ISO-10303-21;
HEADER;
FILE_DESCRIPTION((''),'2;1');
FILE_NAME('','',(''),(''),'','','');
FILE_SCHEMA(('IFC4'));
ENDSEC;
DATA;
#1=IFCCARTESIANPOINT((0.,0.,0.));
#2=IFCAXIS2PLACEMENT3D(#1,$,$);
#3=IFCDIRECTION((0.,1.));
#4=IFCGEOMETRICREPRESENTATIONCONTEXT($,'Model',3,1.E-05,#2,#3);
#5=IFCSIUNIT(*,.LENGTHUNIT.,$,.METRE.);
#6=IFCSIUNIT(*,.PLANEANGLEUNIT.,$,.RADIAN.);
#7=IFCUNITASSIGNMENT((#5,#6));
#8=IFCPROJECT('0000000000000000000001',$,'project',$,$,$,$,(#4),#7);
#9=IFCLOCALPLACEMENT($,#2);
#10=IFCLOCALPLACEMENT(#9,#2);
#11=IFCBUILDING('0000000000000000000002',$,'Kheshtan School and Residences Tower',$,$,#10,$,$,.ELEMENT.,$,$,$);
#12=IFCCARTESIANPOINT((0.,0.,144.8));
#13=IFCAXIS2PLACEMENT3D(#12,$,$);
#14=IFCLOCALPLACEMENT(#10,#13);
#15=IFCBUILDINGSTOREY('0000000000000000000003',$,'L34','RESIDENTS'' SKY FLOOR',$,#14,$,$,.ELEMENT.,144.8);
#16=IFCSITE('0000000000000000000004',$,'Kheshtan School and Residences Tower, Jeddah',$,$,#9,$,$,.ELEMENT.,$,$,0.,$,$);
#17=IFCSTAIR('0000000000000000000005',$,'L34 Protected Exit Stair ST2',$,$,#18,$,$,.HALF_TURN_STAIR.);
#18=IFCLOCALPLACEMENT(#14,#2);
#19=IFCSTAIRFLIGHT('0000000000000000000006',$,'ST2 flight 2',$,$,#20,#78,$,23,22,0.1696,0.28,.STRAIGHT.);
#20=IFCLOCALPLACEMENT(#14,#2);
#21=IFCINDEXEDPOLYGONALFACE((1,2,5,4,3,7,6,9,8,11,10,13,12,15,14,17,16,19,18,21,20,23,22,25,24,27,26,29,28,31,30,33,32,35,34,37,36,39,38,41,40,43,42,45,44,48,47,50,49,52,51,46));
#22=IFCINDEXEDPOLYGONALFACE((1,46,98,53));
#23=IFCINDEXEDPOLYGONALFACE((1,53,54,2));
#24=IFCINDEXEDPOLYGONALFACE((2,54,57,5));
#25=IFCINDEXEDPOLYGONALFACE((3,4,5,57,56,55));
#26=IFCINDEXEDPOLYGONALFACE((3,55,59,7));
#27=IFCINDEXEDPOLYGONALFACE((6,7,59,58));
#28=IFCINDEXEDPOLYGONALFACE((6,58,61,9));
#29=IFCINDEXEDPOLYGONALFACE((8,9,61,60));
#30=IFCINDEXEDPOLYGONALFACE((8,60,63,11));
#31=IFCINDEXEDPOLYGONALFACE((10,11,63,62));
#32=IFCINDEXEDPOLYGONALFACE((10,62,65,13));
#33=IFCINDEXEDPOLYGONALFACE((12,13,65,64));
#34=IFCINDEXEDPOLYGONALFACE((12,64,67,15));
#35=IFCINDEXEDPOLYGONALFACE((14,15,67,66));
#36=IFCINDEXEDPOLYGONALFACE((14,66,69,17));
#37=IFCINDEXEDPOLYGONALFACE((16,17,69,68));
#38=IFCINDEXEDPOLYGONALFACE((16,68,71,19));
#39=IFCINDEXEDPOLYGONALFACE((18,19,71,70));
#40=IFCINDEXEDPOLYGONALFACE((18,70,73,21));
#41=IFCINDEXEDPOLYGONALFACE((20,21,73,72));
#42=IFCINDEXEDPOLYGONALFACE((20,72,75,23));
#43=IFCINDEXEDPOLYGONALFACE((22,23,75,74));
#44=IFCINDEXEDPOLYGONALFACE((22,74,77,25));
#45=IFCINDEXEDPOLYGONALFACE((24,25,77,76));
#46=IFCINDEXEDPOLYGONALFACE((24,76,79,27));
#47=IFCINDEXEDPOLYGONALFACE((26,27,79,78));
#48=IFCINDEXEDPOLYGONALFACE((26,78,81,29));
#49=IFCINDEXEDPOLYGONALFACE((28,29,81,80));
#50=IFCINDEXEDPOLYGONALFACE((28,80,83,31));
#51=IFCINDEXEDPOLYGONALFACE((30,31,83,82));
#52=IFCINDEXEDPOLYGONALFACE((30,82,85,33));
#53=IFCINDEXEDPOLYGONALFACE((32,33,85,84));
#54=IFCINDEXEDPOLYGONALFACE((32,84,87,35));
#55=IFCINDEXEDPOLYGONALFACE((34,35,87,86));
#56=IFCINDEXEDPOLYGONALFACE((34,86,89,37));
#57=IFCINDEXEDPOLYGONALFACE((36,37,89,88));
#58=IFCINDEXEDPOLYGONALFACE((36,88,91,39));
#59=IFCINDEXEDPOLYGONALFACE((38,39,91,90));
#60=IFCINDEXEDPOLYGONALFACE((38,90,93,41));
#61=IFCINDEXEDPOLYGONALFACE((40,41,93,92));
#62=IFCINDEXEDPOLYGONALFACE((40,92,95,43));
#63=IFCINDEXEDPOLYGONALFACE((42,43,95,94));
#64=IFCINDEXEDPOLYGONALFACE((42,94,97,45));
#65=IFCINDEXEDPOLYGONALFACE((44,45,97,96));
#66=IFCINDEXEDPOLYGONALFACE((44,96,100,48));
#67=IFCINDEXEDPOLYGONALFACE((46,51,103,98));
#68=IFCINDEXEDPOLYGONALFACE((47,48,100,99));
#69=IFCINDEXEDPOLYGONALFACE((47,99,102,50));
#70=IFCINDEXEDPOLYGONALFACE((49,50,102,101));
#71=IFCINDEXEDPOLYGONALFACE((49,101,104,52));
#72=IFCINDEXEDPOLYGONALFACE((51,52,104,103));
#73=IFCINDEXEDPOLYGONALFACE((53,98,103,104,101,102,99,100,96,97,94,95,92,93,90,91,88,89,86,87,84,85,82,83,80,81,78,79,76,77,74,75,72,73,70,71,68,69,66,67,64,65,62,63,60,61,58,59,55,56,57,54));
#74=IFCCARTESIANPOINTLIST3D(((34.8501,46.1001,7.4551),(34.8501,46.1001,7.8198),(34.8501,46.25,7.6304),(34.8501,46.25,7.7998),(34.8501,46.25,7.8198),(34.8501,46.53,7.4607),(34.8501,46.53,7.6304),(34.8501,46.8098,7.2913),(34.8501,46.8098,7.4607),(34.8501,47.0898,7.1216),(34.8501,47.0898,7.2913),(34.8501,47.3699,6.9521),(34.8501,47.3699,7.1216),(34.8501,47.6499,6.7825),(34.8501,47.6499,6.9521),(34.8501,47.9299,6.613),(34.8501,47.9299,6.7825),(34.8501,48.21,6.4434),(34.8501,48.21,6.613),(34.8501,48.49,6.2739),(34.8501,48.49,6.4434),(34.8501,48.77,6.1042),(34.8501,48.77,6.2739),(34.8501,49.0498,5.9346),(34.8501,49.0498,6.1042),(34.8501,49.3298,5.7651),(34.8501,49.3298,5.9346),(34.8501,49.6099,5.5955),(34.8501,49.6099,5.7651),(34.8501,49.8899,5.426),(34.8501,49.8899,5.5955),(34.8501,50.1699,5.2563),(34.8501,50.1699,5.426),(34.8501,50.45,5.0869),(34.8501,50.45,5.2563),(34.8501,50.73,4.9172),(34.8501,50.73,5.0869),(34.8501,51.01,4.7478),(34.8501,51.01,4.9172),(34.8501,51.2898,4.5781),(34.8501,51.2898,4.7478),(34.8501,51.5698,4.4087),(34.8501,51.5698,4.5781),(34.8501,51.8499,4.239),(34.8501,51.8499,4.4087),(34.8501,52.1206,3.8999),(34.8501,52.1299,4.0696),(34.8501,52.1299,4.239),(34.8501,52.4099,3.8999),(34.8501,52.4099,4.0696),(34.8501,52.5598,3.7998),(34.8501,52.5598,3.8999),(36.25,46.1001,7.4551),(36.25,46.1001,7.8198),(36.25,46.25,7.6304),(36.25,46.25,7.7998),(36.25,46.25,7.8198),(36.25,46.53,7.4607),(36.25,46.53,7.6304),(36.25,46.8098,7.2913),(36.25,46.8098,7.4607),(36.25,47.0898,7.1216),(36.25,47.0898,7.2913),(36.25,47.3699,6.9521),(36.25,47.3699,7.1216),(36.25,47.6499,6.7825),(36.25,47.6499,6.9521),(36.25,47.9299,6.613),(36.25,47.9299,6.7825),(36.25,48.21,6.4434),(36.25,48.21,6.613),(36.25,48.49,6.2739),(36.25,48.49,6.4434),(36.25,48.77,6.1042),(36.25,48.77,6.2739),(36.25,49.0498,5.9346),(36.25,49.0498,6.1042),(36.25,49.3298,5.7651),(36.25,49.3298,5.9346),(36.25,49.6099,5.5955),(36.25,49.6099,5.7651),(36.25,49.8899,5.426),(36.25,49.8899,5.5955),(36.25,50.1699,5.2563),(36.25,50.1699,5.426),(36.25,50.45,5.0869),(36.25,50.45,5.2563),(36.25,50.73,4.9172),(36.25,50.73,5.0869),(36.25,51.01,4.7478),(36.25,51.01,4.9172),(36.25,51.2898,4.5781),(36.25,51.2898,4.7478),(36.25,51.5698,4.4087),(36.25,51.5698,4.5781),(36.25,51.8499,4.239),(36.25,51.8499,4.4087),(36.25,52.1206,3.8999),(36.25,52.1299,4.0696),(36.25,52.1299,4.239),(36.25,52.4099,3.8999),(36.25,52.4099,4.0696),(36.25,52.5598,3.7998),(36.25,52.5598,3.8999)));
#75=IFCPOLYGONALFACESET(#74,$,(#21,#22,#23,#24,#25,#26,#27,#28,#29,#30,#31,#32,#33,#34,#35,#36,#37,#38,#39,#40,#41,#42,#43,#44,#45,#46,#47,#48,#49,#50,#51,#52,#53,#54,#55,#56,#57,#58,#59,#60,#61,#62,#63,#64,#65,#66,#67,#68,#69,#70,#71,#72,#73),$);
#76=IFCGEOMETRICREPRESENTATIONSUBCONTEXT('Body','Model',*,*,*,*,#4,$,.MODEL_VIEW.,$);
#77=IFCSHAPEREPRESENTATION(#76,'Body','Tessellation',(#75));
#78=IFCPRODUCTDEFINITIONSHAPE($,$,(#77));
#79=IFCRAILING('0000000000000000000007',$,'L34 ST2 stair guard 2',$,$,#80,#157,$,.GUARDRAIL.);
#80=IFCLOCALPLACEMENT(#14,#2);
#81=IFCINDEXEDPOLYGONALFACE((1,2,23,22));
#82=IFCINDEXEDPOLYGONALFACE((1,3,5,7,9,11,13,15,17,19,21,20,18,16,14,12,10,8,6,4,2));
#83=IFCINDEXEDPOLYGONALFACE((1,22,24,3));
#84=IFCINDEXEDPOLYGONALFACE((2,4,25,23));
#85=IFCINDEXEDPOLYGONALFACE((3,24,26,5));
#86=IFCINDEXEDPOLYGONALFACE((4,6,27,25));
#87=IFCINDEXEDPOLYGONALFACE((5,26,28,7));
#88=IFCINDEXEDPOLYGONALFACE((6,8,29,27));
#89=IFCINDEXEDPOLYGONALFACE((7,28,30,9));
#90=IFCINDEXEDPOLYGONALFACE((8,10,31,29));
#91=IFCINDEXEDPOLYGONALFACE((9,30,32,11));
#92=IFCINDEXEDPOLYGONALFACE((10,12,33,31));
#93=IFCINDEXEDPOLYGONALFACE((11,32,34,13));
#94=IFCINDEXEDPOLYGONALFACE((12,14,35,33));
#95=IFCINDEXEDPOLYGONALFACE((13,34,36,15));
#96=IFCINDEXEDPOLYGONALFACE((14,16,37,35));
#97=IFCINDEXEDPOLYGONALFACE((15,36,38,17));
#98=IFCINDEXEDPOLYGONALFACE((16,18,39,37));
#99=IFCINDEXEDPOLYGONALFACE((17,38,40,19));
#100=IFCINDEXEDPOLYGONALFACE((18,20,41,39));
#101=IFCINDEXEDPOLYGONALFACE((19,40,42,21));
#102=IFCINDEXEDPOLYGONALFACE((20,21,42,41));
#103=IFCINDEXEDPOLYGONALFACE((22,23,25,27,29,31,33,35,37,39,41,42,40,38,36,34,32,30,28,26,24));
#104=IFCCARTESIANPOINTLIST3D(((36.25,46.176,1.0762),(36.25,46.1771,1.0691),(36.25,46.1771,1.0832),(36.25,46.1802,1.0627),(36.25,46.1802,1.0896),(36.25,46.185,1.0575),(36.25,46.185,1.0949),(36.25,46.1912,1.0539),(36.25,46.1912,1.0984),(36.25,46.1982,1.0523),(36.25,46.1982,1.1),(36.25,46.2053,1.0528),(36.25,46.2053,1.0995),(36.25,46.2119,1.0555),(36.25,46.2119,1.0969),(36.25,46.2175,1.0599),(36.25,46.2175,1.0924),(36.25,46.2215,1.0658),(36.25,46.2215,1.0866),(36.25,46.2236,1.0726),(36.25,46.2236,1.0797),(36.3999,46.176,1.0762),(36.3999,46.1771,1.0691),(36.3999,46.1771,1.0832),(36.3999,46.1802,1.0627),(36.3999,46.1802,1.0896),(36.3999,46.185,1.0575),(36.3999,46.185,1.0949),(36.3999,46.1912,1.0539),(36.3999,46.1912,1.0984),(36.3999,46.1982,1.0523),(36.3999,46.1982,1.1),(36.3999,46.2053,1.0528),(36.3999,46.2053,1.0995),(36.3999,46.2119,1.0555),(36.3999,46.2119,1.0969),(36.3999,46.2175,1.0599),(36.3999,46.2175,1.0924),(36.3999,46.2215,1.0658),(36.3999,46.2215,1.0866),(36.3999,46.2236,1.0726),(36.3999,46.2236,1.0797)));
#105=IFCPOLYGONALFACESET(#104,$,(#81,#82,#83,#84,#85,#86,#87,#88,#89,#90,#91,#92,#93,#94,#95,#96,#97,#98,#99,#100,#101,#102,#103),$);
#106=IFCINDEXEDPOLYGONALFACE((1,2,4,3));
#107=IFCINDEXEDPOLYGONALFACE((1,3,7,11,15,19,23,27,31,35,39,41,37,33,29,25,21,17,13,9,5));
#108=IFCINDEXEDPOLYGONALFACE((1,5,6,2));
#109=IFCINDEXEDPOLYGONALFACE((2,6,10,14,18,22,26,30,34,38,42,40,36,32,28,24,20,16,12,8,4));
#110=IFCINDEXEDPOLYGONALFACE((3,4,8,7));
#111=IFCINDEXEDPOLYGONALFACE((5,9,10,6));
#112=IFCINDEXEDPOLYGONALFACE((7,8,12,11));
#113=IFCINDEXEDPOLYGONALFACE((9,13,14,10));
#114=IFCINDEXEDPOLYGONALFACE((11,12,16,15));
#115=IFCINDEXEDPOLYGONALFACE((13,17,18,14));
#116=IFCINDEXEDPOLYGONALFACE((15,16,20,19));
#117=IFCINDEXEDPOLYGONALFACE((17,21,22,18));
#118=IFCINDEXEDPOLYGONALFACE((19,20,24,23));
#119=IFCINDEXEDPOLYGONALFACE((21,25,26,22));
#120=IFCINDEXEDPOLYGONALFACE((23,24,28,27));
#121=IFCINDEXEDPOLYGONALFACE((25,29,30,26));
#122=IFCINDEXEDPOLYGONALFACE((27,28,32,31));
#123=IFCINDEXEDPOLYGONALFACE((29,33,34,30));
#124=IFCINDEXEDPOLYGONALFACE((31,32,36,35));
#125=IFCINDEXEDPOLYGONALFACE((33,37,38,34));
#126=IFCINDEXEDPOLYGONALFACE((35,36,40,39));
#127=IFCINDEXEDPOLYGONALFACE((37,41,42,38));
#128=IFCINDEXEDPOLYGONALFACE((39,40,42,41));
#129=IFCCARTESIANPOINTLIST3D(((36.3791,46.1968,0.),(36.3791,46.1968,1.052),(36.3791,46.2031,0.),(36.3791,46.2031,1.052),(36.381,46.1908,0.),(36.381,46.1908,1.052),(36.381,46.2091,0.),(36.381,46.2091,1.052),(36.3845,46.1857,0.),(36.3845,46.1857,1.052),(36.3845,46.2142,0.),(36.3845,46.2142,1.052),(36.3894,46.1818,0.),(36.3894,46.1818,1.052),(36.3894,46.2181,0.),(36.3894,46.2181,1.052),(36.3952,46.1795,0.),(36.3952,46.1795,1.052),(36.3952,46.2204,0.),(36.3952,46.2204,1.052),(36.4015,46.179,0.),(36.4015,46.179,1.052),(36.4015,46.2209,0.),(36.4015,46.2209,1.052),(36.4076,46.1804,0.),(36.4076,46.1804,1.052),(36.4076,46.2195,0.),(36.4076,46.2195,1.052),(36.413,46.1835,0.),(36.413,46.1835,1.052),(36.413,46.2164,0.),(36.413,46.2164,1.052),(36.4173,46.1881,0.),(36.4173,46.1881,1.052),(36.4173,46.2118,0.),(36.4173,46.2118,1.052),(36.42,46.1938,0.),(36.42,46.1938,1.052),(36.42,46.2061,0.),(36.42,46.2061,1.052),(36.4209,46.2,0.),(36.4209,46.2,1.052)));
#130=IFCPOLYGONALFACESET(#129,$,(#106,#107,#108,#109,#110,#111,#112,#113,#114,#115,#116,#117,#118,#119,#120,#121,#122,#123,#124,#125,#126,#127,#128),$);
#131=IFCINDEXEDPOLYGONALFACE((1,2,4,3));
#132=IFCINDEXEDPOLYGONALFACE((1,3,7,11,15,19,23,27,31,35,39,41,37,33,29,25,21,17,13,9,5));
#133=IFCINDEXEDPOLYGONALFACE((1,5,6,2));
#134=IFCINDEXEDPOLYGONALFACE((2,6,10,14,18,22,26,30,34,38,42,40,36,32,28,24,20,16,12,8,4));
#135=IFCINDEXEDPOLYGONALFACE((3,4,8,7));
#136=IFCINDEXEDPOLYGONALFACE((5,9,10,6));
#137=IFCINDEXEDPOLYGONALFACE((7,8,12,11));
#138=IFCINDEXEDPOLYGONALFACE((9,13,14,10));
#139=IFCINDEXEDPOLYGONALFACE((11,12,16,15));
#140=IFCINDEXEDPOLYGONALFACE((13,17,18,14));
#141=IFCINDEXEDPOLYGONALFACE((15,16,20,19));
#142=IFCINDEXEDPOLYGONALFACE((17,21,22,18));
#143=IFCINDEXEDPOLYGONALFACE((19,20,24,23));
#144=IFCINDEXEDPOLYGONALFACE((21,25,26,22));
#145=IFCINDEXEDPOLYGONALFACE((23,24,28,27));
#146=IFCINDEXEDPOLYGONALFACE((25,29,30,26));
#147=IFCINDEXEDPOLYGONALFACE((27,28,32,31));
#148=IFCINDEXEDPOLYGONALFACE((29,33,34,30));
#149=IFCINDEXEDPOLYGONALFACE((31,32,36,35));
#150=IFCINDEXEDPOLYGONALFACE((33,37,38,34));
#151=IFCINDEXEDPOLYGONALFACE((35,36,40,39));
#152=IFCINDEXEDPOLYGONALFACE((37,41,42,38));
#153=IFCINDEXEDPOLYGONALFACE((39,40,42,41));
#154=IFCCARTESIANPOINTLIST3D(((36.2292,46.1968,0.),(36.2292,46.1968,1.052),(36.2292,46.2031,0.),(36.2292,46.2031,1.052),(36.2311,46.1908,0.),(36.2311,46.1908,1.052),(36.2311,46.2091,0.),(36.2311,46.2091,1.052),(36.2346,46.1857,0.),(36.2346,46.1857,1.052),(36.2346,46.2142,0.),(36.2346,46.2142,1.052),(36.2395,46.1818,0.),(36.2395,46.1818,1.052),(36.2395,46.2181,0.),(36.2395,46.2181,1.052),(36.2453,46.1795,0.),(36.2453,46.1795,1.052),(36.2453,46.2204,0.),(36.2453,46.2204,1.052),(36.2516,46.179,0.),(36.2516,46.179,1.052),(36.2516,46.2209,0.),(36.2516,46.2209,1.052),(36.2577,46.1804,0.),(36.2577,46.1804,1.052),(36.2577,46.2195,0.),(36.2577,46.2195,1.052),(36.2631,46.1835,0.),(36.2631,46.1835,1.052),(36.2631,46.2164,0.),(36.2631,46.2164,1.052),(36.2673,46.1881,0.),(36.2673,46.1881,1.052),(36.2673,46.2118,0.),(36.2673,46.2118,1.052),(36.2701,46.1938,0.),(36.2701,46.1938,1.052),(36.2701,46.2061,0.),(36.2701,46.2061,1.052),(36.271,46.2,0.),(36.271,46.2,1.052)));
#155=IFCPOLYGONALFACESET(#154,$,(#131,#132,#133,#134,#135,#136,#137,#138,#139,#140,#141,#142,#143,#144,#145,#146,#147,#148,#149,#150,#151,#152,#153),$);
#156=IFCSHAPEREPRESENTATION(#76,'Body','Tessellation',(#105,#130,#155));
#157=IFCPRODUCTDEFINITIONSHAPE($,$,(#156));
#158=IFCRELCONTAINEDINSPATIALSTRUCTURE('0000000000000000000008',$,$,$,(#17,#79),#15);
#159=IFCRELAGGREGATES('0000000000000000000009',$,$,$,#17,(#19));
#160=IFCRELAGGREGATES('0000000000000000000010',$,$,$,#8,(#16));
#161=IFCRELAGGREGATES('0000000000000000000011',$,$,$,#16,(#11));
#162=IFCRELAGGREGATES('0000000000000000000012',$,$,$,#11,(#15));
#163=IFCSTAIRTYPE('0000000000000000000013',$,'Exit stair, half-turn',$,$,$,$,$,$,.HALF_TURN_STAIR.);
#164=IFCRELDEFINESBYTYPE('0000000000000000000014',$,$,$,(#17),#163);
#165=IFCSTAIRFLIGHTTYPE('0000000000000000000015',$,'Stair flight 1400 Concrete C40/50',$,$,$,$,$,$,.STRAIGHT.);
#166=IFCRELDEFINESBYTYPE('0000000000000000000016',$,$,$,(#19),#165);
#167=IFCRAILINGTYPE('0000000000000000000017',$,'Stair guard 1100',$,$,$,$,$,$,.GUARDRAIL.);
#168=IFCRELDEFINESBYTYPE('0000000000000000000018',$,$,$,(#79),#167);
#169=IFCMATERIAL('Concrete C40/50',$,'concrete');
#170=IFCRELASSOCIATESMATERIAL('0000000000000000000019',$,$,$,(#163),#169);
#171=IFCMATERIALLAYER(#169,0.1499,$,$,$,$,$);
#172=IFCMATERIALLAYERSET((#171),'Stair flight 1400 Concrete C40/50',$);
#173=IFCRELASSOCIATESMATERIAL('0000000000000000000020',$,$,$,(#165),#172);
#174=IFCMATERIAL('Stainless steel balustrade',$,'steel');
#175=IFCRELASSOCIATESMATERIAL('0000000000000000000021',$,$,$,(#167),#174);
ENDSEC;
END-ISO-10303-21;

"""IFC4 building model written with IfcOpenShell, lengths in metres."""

from ifc_helpers import new_model, si_unit, direction, frame, origin, origin_2d, place, context, subcontext, project, spatial, polyline, circle, outline, extrude, material, layer, layer_set, type_object, element, aggregate, save


model = new_model("IFC4")

# Units and contexts
model_context = context("Model", 3, precision=1e-05, world=origin(), true_north=direction((0.0, 1.0)))
body_context = subcontext(model_context, "Body", "Model", "MODEL_VIEW")
ifc_project = project(units=[si_unit("LENGTHUNIT", "METRE"), si_unit("PLANEANGLEUNIT", "RADIAN")], contexts=[model_context])

# Site, building, storey
site_placement = place(None, origin())
site = spatial("IfcSite", under=ifc_project, at=site_placement, Name="Kheshtan School and Residences Tower, Jeddah", CompositionType="ELEMENT", RefElevation=0.0)
building_placement = place(site_placement, origin())
building = spatial("IfcBuilding", under=site, at=building_placement, Name="Kheshtan School and Residences Tower", CompositionType="ELEMENT")
storey_placement = place(building_placement, frame((0.0, 0.0, 144.8)))
storey = spatial("IfcBuildingStorey", under=building, at=storey_placement, Name="L34", Description="RESIDENTS' SKY FLOOR", CompositionType="ELEMENT", Elevation=144.8)

# Shared definitions
ifc_material_1 = material(Name="Concrete C40/50", Category="concrete")

# Shared definitions
stair_type = type_object("IfcStairType", Name="Exit stair, half-turn", PredefinedType="HALF_TURN_STAIR", material=ifc_material_1)
ifc_layer_1 = layer(ifc_material_1, 0.1499)
ifc_layer_set_1 = layer_set([ifc_layer_1], Name="Stair flight 1400 Concrete C40/50")
stair_flight_type = type_object("IfcStairFlightType", Name="Stair flight 1400 Concrete C40/50", PredefinedType="STRAIGHT", material=ifc_layer_set_1)

# Stair, stair flight
stair_1_placement = place(storey_placement, origin())
stair_1 = element("IfcStair", 1, at=stair_1_placement, inside=storey, type_object=stair_type, Name="L34 Protected Exit Stair ST2", PredefinedType="HALF_TURN_STAIR")
stair_flight_1_placement = place(storey_placement, frame((35.55, 52.4099, 3.8999), z_axis=(0.0, 0.0, 1.0), x_axis=(0.0, -1.0, 0.0)))
stair_flight_1 = element("IfcStairFlight", 2, at=stair_flight_1_placement, type_object=stair_flight_type, Name="ST2 flight 2", NumberOfRisers=23, NumberOfTreads=22, PredefinedType="STRAIGHT", RiserHeight=0.1696, TreadLength=0.28, context=body_context, shape_type="SweptSolid", body=[
    extrude(outline(polyline([(-0.1499, -0.1001), (-0.1499, 0.0), (0.0, 0.0), (0.0, 0.1697), (0.28, 0.1697), (0.28, 0.3391), (0.5601, 0.3391), (0.5601, 0.5088), (0.8401, 0.5088), (0.8401, 0.6782), (1.1201, 0.6782), (1.1201, 0.8479), (1.3999, 0.8479), (1.3999, 1.0173), (1.6799, 1.0173), (1.6799, 1.187), (1.96, 1.187), (1.96, 1.3564), (2.24, 1.3564), (2.24, 1.5261), (2.52, 1.5261), (2.52, 1.6956), (2.8, 1.6956), (2.8, 1.8652), (3.0801, 1.8652), (3.0801, 2.0347), (3.3601, 2.0347), (3.3601, 2.2043), (3.6399, 2.2043), (3.6399, 2.374), (3.9199, 2.374), (3.9199, 2.5435), (4.2, 2.5435), (4.2, 2.7131), (4.48, 2.7131), (4.48, 2.8826), (4.76, 2.8826), (4.76, 3.0522), (5.04, 3.0522), (5.04, 3.2217), (5.3201, 3.2217), (5.3201, 3.3914), (5.6001, 3.3914), (5.6001, 3.5608), (5.8799, 3.5608), (5.8799, 3.7305), (6.1599, 3.7305), (6.1599, 3.8999), (6.1599, 3.9199), (6.3098, 3.9199), (6.3098, 3.5552), (0.2893, 0.0), (-0.1499, -0.1001)])), frame((0.0, 0.7, 0.0), z_axis=(0.0, -1.0, 0.0), x_axis=(1.0, 0.0, 0.0)), (0.0, 0.0, 1.0), 1.3999),
])
aggregate(stair_1, [stair_flight_1])

# Railing
ifc_material_2 = material(Name="Stainless steel balustrade", Category="steel")
railing_type_1 = type_object("IfcRailingType", Name="Stair guard 1100", PredefinedType="GUARDRAIL", material=ifc_material_2)
railing_1_placement = place(storey_placement, frame((36.3999, 46.2, 0.0)))
element("IfcRailing", 3, at=railing_1_placement, inside=storey, type_object=railing_type_1, Name="L34 ST2 stair guard 2", PredefinedType="GUARDRAIL", context=body_context, shape_type="SweptSolid", body=[
    extrude(circle(Radius=0.0239, at=origin_2d()), frame((0.0, 0.0, 1.0762), z_axis=(-1.0, 0.0, 0.0), x_axis=(0.0, -1.0, 0.0)), (0.0, 0.0, 1.0), 0.1499),
    extrude(circle(Radius=0.021, at=origin_2d()), origin(), (0.0, 0.0, 1.0), 1.052),
    extrude(circle(Radius=0.021, at=origin_2d()), frame((-0.1499, 0.0, 0.0)), (0.0, 0.0, 1.0), 1.052),
])

save(model, "model.ifc")
